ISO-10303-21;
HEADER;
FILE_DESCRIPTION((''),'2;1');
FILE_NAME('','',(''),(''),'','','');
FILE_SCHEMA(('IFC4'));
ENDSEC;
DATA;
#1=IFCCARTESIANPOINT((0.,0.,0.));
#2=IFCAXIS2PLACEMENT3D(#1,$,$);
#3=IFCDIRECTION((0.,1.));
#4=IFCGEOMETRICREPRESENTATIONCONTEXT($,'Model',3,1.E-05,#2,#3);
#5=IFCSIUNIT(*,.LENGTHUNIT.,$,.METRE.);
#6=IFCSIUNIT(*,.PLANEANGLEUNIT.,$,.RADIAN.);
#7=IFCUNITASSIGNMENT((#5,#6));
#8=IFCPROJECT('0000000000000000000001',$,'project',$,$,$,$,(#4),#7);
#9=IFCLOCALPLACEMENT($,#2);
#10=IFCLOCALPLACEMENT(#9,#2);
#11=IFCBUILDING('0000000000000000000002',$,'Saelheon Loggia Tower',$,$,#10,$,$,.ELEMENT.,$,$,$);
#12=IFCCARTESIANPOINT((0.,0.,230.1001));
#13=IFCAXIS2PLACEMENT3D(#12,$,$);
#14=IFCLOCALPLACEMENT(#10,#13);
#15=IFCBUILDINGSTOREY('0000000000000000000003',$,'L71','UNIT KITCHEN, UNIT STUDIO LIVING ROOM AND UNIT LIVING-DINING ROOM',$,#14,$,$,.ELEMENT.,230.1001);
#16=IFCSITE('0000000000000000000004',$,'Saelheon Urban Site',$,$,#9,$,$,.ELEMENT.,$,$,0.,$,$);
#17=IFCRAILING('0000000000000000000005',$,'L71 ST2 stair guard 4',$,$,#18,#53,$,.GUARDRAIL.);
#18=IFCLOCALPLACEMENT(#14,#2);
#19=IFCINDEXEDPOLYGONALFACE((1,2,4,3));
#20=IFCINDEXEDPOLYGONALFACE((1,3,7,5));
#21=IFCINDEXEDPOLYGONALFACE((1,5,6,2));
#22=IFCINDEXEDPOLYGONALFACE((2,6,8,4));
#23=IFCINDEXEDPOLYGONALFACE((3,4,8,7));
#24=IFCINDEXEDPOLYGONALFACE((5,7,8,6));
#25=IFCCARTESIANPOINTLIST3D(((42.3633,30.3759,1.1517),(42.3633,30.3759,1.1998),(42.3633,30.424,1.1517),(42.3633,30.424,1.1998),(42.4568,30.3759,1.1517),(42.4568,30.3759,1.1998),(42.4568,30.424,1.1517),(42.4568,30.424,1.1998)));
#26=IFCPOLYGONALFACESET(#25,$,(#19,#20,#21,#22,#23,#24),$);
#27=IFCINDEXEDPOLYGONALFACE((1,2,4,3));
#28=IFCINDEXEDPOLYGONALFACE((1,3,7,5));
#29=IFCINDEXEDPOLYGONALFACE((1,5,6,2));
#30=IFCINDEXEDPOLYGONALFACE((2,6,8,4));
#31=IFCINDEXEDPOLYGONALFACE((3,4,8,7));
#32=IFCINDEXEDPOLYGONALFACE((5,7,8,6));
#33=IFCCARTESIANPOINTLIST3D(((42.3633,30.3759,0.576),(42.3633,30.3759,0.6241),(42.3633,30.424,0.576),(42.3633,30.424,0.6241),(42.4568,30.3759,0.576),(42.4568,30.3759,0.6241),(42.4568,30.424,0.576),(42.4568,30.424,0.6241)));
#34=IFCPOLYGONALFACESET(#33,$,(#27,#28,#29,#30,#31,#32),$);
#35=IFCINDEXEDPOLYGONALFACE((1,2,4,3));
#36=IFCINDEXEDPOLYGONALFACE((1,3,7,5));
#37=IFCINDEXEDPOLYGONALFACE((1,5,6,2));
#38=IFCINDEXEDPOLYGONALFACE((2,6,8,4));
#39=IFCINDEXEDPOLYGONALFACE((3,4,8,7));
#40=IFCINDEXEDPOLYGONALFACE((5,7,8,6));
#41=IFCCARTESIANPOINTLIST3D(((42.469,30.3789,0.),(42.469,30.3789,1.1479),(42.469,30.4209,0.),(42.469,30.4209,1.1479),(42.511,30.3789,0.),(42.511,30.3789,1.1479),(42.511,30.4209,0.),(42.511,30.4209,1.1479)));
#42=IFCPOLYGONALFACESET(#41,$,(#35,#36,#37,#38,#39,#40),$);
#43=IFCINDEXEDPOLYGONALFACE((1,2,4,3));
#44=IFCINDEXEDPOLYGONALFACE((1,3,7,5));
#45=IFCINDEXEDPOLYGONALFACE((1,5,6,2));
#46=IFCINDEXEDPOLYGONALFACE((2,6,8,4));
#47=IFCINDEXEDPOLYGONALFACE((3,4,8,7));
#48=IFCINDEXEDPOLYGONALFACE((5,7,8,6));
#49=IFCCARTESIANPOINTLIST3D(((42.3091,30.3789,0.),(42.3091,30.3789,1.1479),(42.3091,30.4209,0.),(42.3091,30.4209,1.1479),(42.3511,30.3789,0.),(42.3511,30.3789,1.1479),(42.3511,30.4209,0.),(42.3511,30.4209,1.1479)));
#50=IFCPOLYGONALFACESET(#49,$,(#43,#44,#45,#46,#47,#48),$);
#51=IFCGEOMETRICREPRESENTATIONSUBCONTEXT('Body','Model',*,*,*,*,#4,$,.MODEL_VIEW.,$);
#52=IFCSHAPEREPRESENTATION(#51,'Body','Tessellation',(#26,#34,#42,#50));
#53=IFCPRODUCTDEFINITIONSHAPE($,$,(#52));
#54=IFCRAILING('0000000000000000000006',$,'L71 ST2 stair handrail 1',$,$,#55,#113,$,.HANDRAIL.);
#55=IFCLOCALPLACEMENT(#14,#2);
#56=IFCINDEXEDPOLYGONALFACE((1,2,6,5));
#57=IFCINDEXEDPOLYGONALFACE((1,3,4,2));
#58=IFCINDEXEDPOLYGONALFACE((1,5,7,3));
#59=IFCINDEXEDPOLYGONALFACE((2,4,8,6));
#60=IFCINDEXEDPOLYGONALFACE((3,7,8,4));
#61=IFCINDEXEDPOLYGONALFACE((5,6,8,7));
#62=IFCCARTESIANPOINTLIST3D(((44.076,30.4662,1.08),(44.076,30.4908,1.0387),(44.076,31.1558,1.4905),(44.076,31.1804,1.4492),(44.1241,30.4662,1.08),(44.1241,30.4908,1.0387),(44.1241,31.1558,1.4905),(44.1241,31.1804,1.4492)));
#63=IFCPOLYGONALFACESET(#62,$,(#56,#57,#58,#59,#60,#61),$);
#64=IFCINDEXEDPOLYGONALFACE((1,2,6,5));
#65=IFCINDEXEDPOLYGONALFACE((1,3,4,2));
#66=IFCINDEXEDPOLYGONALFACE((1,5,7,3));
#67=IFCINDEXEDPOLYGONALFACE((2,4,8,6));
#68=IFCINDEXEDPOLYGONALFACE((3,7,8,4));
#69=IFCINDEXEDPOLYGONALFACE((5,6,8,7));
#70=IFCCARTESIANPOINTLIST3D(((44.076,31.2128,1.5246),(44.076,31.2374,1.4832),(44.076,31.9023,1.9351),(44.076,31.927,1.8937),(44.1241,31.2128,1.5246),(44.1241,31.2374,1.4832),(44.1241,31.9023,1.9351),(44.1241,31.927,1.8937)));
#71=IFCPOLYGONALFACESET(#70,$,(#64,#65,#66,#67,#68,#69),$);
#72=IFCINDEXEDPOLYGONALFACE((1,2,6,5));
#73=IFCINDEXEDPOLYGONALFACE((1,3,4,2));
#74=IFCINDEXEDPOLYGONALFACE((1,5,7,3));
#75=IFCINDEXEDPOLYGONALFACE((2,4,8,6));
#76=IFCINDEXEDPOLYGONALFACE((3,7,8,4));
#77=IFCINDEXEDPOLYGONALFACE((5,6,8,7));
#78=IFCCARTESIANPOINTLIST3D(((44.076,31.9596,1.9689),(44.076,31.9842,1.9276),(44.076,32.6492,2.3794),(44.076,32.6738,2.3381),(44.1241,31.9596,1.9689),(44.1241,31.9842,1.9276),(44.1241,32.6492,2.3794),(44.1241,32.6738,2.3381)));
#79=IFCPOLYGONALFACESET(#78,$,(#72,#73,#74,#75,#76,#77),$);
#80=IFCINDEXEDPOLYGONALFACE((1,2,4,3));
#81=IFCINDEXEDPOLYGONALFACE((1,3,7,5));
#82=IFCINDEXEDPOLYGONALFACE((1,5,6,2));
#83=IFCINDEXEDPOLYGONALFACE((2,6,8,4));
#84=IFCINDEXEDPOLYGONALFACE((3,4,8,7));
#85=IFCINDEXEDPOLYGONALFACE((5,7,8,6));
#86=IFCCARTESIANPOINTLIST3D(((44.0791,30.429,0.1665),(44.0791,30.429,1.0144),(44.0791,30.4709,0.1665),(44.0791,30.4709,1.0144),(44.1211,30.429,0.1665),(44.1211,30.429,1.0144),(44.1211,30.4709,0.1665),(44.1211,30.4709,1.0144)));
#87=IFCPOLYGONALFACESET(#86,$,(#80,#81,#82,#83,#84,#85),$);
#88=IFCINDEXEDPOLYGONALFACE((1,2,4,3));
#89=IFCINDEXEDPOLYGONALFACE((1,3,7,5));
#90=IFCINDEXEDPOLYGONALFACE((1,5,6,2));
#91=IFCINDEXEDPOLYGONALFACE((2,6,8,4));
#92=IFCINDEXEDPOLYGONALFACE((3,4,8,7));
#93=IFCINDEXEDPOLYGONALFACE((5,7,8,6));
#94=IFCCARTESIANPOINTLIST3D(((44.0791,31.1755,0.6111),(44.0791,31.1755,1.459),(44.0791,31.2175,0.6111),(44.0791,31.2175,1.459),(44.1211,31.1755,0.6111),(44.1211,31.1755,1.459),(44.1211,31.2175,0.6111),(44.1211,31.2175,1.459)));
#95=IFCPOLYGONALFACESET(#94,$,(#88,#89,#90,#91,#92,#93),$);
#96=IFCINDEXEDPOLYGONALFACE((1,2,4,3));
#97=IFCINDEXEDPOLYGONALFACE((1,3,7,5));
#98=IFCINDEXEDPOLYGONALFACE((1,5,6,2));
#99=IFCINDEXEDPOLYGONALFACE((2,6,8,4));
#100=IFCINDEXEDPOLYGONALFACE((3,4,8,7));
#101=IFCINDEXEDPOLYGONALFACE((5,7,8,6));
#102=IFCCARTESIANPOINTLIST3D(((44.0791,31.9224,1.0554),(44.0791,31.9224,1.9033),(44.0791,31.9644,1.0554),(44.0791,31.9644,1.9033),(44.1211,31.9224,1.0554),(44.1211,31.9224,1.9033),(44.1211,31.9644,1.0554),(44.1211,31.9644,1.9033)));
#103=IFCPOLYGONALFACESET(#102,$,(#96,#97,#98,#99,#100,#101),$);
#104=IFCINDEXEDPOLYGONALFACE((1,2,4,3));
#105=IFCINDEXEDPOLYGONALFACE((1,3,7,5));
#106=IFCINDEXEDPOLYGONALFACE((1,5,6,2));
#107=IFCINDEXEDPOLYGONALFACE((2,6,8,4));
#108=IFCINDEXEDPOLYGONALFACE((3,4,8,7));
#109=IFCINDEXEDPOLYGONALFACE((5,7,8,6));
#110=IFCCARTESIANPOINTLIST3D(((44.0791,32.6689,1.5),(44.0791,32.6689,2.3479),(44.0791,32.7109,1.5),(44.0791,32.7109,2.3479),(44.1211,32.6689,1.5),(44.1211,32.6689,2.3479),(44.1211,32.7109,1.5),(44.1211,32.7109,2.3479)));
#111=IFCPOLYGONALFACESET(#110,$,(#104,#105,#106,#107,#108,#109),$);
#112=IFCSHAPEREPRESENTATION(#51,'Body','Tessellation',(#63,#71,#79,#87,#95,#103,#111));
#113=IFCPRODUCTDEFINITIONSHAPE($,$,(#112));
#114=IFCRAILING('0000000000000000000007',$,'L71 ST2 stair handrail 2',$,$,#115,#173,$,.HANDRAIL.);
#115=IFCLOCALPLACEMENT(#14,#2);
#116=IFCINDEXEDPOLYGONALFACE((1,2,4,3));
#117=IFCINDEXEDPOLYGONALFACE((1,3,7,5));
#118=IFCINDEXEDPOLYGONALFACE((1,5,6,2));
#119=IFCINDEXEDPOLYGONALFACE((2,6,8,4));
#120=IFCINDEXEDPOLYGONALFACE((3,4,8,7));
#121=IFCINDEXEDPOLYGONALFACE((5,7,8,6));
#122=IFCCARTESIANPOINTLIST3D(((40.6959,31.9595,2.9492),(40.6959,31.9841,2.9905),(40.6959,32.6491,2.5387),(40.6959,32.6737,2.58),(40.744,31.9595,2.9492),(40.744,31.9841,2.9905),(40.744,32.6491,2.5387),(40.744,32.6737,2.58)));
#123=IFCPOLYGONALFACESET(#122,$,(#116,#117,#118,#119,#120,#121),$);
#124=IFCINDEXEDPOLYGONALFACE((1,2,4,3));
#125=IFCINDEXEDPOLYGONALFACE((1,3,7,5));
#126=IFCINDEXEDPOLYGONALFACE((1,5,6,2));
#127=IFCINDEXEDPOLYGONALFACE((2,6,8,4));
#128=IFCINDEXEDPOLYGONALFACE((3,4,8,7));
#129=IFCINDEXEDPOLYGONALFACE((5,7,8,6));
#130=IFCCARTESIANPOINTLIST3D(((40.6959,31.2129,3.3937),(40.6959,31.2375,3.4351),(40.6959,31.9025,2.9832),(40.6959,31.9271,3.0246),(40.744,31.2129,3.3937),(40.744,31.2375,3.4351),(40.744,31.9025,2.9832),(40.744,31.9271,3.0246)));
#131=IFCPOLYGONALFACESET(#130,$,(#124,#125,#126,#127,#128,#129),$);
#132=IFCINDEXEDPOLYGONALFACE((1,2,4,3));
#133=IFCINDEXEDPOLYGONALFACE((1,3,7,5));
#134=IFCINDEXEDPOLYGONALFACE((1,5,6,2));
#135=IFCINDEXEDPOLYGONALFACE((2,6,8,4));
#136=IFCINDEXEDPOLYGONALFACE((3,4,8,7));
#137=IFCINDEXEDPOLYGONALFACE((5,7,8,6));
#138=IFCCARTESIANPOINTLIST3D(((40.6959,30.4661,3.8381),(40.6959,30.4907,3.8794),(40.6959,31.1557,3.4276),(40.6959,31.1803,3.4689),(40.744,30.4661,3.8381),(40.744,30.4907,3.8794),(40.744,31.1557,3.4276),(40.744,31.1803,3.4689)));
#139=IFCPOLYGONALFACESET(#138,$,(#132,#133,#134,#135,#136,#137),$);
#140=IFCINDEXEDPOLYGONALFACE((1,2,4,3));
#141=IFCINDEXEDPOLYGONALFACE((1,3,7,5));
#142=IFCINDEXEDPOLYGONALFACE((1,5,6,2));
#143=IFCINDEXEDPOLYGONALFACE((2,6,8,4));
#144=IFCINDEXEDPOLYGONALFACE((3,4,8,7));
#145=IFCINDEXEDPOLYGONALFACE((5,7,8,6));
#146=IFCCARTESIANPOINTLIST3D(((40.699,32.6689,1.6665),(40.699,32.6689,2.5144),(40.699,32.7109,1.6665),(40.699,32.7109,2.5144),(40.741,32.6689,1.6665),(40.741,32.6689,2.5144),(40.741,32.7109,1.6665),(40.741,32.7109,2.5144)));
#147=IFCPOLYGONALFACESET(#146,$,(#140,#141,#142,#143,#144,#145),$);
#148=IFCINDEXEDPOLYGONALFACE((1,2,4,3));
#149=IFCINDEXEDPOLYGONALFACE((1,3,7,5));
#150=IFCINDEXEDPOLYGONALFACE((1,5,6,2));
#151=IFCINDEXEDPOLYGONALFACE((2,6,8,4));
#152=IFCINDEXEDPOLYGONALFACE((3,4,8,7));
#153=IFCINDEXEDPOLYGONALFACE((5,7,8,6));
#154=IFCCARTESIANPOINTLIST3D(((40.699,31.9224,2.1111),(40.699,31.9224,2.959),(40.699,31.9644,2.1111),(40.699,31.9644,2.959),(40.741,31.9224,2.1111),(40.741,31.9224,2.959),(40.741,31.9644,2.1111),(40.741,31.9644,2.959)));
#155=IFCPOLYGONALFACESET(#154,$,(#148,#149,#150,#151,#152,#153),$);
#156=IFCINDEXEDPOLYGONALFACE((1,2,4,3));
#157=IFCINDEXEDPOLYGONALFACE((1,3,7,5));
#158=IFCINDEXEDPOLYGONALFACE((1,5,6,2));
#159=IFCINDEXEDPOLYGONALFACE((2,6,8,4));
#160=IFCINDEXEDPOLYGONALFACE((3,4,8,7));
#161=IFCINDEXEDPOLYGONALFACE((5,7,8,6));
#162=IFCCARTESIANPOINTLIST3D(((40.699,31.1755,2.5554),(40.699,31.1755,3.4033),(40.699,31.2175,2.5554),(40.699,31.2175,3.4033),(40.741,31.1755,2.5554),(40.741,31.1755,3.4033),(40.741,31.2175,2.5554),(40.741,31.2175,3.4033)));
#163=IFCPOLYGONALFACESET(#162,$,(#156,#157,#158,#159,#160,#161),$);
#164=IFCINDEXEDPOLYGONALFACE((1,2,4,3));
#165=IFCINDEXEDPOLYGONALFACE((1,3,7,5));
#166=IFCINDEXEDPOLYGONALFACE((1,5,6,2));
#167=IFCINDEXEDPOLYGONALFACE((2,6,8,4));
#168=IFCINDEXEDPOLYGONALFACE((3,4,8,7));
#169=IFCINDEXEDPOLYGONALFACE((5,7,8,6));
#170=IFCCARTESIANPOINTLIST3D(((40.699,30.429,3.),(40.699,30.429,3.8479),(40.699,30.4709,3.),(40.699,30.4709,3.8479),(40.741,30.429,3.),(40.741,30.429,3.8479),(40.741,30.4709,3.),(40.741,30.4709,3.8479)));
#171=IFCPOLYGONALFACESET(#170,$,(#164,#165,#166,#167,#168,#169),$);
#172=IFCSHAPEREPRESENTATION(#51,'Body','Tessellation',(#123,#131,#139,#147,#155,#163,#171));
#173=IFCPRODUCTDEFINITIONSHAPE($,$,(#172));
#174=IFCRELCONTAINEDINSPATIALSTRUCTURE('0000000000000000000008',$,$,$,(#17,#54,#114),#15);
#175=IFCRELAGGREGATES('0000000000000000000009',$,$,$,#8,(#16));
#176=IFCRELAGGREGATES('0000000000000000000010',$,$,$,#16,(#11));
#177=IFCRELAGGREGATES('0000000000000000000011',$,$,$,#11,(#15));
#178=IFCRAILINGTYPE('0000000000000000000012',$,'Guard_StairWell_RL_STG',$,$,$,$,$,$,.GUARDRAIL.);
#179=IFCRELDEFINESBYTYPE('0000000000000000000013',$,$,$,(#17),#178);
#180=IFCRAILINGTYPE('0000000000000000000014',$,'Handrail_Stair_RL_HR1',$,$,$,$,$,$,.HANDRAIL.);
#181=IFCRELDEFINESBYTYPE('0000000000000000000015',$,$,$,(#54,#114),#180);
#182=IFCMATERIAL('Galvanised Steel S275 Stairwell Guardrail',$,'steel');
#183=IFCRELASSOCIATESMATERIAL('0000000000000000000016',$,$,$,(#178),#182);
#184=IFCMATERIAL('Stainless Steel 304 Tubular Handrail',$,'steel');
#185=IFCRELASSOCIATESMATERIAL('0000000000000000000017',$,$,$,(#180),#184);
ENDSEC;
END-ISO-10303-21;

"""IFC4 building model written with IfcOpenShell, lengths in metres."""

from ifc_helpers import new_model, si_unit, direction, frame, origin, origin_2d, place, context, subcontext, project, spatial, rectangle, extrude, material, type_object, element, save


model = new_model("IFC4")

# Units and contexts
model_context = context("Model", 3, precision=1e-05, world=origin(), true_north=direction((0.0, 1.0)))
body_context = subcontext(model_context, "Body", "Model", "MODEL_VIEW")
ifc_project = project(units=[si_unit("LENGTHUNIT", "METRE"), si_unit("PLANEANGLEUNIT", "RADIAN")], contexts=[model_context])

# Site, building, storey
site_placement = place(None, origin())
site = spatial("IfcSite", under=ifc_project, at=site_placement, Name="Saelheon Urban Site", CompositionType="ELEMENT", RefElevation=0.0)
building_placement = place(site_placement, origin())
building = spatial("IfcBuilding", under=site, at=building_placement, Name="Saelheon Loggia Tower", CompositionType="ELEMENT")
storey_placement = place(building_placement, frame((0.0, 0.0, 230.1001)))
storey = spatial("IfcBuildingStorey", under=building, at=storey_placement, Name="L71", Description="UNIT KITCHEN, UNIT STUDIO LIVING ROOM AND UNIT LIVING-DINING ROOM", CompositionType="ELEMENT", Elevation=230.1001)

# Railings
ifc_material_1 = material(Name="Galvanised Steel S275 Stairwell Guardrail", Category="steel")
railing_type_1 = type_object("IfcRailingType", Name="Guard_StairWell_RL_STG", PredefinedType="GUARDRAIL", material=ifc_material_1)
railing_1_placement = place(storey_placement, frame((42.49, 30.3999, 0.0)))
element("IfcRailing", 1, at=railing_1_placement, inside=storey, type_object=railing_type_1, Name="L71 ST2 stair guard 4", PredefinedType="GUARDRAIL", context=body_context, shape_type="SweptSolid", body=[
    extrude(rectangle(XDim=0.0481, YDim=0.0481, at=origin_2d()), frame((-0.0332, 0.0, 1.1758), z_axis=(-1.0, 0.0, 0.0), x_axis=(0.0, -1.0, 0.0)), (0.0, 0.0, 1.0), 0.0935),
    extrude(rectangle(XDim=0.0481, YDim=0.0481, at=origin_2d()), frame((-0.0332, 0.0, 0.6001), z_axis=(-1.0, 0.0, 0.0), x_axis=(0.0, -1.0, 0.0)), (0.0, 0.0, 1.0), 0.0935),
    extrude(rectangle(XDim=0.042, YDim=0.042, at=origin_2d()), origin(), (0.0, 0.0, 1.0), 1.1479),
    extrude(rectangle(XDim=0.042, YDim=0.042, at=origin_2d()), frame((-0.1599, 0.0, 0.0)), (0.0, 0.0, 1.0), 1.1479),
])
ifc_material_2 = material(Name="Stainless Steel 304 Tubular Handrail", Category="steel")
railing_type_2 = type_object("IfcRailingType", Name="Handrail_Stair_RL_HR1", PredefinedType="HANDRAIL", material=ifc_material_2)
railing_2_placement = place(storey_placement, frame((44.1001, 30.45, 0.1665)))
element("IfcRailing", 2, at=railing_2_placement, inside=storey, type_object=railing_type_2, Name="L71 ST2 stair handrail 1", PredefinedType="HANDRAIL", context=body_context, shape_type="SweptSolid", body=[
    extrude(rectangle(XDim=0.0481, YDim=0.0481, at=origin_2d()), frame((0.0, 0.0286, 0.8928), z_axis=(0.0, 0.859264, 0.511532), x_axis=(-1.0, 0.0, 0.0)), (0.0, 0.0, 1.0), 0.8025),
    extrude(rectangle(XDim=0.0481, YDim=0.0481, at=origin_2d()), frame((0.0, 0.7751, 1.3374), z_axis=(0.0, 0.859264, 0.511532), x_axis=(-1.0, 0.0, 0.0)), (0.0, 0.0, 1.0), 0.8025),
    extrude(rectangle(XDim=0.0481, YDim=0.0481, at=origin_2d()), frame((0.0, 1.522, 1.7817), z_axis=(0.0, 0.859264, 0.511532), x_axis=(-1.0, 0.0, 0.0)), (0.0, 0.0, 1.0), 0.8025),
    extrude(rectangle(XDim=0.042, YDim=0.042, at=origin_2d()), origin(), (0.0, 0.0, 1.0), 0.8479),
    extrude(rectangle(XDim=0.042, YDim=0.042, at=origin_2d()), frame((0.0, 0.7466, 0.4446)), (0.0, 0.0, 1.0), 0.8479),
    extrude(rectangle(XDim=0.042, YDim=0.042, at=origin_2d()), frame((0.0, 1.4934, 0.8889)), (0.0, 0.0, 1.0), 0.8479),
    extrude(rectangle(XDim=0.042, YDim=0.042, at=origin_2d()), frame((0.0, 2.24, 1.3335)), (0.0, 0.0, 1.0), 0.8479),
])
railing_3_placement = place(storey_placement, frame((40.72, 32.6899, 1.6665)))
element("IfcRailing", 3, at=railing_3_placement, inside=storey, type_object=railing_type_2, Name="L71 ST2 stair handrail 2", PredefinedType="HANDRAIL", context=body_context, shape_type="SweptSolid", body=[
    extrude(rectangle(XDim=0.0481, YDim=0.0481, at=origin_2d()), frame((0.0, -0.0286, 0.8928), z_axis=(0.0, -0.859264, 0.511532), x_axis=(1.0, 0.0, 0.0)), (0.0, 0.0, 1.0), 0.8025),
    extrude(rectangle(XDim=0.0481, YDim=0.0481, at=origin_2d()), frame((0.0, -0.7751, 1.3374), z_axis=(0.0, -0.859264, 0.511532), x_axis=(1.0, 0.0, 0.0)), (0.0, 0.0, 1.0), 0.8025),
    extrude(rectangle(XDim=0.0481, YDim=0.0481, at=origin_2d()), frame((0.0, -1.522, 1.7817), z_axis=(0.0, -0.859264, 0.511532), x_axis=(1.0, 0.0, 0.0)), (0.0, 0.0, 1.0), 0.8025),
    extrude(rectangle(XDim=0.042, YDim=0.042, at=origin_2d()), origin(), (0.0, 0.0, 1.0), 0.8479),
    extrude(rectangle(XDim=0.042, YDim=0.042, at=origin_2d()), frame((0.0, -0.7466, 0.4446)), (0.0, 0.0, 1.0), 0.8479),
    extrude(rectangle(XDim=0.042, YDim=0.042, at=origin_2d()), frame((0.0, -1.4934, 0.8889)), (0.0, 0.0, 1.0), 0.8479),
    extrude(rectangle(XDim=0.042, YDim=0.042, at=origin_2d()), frame((0.0, -2.24, 1.3335)), (0.0, 0.0, 1.0), 0.8479),
])

save(model, "model.ifc")
